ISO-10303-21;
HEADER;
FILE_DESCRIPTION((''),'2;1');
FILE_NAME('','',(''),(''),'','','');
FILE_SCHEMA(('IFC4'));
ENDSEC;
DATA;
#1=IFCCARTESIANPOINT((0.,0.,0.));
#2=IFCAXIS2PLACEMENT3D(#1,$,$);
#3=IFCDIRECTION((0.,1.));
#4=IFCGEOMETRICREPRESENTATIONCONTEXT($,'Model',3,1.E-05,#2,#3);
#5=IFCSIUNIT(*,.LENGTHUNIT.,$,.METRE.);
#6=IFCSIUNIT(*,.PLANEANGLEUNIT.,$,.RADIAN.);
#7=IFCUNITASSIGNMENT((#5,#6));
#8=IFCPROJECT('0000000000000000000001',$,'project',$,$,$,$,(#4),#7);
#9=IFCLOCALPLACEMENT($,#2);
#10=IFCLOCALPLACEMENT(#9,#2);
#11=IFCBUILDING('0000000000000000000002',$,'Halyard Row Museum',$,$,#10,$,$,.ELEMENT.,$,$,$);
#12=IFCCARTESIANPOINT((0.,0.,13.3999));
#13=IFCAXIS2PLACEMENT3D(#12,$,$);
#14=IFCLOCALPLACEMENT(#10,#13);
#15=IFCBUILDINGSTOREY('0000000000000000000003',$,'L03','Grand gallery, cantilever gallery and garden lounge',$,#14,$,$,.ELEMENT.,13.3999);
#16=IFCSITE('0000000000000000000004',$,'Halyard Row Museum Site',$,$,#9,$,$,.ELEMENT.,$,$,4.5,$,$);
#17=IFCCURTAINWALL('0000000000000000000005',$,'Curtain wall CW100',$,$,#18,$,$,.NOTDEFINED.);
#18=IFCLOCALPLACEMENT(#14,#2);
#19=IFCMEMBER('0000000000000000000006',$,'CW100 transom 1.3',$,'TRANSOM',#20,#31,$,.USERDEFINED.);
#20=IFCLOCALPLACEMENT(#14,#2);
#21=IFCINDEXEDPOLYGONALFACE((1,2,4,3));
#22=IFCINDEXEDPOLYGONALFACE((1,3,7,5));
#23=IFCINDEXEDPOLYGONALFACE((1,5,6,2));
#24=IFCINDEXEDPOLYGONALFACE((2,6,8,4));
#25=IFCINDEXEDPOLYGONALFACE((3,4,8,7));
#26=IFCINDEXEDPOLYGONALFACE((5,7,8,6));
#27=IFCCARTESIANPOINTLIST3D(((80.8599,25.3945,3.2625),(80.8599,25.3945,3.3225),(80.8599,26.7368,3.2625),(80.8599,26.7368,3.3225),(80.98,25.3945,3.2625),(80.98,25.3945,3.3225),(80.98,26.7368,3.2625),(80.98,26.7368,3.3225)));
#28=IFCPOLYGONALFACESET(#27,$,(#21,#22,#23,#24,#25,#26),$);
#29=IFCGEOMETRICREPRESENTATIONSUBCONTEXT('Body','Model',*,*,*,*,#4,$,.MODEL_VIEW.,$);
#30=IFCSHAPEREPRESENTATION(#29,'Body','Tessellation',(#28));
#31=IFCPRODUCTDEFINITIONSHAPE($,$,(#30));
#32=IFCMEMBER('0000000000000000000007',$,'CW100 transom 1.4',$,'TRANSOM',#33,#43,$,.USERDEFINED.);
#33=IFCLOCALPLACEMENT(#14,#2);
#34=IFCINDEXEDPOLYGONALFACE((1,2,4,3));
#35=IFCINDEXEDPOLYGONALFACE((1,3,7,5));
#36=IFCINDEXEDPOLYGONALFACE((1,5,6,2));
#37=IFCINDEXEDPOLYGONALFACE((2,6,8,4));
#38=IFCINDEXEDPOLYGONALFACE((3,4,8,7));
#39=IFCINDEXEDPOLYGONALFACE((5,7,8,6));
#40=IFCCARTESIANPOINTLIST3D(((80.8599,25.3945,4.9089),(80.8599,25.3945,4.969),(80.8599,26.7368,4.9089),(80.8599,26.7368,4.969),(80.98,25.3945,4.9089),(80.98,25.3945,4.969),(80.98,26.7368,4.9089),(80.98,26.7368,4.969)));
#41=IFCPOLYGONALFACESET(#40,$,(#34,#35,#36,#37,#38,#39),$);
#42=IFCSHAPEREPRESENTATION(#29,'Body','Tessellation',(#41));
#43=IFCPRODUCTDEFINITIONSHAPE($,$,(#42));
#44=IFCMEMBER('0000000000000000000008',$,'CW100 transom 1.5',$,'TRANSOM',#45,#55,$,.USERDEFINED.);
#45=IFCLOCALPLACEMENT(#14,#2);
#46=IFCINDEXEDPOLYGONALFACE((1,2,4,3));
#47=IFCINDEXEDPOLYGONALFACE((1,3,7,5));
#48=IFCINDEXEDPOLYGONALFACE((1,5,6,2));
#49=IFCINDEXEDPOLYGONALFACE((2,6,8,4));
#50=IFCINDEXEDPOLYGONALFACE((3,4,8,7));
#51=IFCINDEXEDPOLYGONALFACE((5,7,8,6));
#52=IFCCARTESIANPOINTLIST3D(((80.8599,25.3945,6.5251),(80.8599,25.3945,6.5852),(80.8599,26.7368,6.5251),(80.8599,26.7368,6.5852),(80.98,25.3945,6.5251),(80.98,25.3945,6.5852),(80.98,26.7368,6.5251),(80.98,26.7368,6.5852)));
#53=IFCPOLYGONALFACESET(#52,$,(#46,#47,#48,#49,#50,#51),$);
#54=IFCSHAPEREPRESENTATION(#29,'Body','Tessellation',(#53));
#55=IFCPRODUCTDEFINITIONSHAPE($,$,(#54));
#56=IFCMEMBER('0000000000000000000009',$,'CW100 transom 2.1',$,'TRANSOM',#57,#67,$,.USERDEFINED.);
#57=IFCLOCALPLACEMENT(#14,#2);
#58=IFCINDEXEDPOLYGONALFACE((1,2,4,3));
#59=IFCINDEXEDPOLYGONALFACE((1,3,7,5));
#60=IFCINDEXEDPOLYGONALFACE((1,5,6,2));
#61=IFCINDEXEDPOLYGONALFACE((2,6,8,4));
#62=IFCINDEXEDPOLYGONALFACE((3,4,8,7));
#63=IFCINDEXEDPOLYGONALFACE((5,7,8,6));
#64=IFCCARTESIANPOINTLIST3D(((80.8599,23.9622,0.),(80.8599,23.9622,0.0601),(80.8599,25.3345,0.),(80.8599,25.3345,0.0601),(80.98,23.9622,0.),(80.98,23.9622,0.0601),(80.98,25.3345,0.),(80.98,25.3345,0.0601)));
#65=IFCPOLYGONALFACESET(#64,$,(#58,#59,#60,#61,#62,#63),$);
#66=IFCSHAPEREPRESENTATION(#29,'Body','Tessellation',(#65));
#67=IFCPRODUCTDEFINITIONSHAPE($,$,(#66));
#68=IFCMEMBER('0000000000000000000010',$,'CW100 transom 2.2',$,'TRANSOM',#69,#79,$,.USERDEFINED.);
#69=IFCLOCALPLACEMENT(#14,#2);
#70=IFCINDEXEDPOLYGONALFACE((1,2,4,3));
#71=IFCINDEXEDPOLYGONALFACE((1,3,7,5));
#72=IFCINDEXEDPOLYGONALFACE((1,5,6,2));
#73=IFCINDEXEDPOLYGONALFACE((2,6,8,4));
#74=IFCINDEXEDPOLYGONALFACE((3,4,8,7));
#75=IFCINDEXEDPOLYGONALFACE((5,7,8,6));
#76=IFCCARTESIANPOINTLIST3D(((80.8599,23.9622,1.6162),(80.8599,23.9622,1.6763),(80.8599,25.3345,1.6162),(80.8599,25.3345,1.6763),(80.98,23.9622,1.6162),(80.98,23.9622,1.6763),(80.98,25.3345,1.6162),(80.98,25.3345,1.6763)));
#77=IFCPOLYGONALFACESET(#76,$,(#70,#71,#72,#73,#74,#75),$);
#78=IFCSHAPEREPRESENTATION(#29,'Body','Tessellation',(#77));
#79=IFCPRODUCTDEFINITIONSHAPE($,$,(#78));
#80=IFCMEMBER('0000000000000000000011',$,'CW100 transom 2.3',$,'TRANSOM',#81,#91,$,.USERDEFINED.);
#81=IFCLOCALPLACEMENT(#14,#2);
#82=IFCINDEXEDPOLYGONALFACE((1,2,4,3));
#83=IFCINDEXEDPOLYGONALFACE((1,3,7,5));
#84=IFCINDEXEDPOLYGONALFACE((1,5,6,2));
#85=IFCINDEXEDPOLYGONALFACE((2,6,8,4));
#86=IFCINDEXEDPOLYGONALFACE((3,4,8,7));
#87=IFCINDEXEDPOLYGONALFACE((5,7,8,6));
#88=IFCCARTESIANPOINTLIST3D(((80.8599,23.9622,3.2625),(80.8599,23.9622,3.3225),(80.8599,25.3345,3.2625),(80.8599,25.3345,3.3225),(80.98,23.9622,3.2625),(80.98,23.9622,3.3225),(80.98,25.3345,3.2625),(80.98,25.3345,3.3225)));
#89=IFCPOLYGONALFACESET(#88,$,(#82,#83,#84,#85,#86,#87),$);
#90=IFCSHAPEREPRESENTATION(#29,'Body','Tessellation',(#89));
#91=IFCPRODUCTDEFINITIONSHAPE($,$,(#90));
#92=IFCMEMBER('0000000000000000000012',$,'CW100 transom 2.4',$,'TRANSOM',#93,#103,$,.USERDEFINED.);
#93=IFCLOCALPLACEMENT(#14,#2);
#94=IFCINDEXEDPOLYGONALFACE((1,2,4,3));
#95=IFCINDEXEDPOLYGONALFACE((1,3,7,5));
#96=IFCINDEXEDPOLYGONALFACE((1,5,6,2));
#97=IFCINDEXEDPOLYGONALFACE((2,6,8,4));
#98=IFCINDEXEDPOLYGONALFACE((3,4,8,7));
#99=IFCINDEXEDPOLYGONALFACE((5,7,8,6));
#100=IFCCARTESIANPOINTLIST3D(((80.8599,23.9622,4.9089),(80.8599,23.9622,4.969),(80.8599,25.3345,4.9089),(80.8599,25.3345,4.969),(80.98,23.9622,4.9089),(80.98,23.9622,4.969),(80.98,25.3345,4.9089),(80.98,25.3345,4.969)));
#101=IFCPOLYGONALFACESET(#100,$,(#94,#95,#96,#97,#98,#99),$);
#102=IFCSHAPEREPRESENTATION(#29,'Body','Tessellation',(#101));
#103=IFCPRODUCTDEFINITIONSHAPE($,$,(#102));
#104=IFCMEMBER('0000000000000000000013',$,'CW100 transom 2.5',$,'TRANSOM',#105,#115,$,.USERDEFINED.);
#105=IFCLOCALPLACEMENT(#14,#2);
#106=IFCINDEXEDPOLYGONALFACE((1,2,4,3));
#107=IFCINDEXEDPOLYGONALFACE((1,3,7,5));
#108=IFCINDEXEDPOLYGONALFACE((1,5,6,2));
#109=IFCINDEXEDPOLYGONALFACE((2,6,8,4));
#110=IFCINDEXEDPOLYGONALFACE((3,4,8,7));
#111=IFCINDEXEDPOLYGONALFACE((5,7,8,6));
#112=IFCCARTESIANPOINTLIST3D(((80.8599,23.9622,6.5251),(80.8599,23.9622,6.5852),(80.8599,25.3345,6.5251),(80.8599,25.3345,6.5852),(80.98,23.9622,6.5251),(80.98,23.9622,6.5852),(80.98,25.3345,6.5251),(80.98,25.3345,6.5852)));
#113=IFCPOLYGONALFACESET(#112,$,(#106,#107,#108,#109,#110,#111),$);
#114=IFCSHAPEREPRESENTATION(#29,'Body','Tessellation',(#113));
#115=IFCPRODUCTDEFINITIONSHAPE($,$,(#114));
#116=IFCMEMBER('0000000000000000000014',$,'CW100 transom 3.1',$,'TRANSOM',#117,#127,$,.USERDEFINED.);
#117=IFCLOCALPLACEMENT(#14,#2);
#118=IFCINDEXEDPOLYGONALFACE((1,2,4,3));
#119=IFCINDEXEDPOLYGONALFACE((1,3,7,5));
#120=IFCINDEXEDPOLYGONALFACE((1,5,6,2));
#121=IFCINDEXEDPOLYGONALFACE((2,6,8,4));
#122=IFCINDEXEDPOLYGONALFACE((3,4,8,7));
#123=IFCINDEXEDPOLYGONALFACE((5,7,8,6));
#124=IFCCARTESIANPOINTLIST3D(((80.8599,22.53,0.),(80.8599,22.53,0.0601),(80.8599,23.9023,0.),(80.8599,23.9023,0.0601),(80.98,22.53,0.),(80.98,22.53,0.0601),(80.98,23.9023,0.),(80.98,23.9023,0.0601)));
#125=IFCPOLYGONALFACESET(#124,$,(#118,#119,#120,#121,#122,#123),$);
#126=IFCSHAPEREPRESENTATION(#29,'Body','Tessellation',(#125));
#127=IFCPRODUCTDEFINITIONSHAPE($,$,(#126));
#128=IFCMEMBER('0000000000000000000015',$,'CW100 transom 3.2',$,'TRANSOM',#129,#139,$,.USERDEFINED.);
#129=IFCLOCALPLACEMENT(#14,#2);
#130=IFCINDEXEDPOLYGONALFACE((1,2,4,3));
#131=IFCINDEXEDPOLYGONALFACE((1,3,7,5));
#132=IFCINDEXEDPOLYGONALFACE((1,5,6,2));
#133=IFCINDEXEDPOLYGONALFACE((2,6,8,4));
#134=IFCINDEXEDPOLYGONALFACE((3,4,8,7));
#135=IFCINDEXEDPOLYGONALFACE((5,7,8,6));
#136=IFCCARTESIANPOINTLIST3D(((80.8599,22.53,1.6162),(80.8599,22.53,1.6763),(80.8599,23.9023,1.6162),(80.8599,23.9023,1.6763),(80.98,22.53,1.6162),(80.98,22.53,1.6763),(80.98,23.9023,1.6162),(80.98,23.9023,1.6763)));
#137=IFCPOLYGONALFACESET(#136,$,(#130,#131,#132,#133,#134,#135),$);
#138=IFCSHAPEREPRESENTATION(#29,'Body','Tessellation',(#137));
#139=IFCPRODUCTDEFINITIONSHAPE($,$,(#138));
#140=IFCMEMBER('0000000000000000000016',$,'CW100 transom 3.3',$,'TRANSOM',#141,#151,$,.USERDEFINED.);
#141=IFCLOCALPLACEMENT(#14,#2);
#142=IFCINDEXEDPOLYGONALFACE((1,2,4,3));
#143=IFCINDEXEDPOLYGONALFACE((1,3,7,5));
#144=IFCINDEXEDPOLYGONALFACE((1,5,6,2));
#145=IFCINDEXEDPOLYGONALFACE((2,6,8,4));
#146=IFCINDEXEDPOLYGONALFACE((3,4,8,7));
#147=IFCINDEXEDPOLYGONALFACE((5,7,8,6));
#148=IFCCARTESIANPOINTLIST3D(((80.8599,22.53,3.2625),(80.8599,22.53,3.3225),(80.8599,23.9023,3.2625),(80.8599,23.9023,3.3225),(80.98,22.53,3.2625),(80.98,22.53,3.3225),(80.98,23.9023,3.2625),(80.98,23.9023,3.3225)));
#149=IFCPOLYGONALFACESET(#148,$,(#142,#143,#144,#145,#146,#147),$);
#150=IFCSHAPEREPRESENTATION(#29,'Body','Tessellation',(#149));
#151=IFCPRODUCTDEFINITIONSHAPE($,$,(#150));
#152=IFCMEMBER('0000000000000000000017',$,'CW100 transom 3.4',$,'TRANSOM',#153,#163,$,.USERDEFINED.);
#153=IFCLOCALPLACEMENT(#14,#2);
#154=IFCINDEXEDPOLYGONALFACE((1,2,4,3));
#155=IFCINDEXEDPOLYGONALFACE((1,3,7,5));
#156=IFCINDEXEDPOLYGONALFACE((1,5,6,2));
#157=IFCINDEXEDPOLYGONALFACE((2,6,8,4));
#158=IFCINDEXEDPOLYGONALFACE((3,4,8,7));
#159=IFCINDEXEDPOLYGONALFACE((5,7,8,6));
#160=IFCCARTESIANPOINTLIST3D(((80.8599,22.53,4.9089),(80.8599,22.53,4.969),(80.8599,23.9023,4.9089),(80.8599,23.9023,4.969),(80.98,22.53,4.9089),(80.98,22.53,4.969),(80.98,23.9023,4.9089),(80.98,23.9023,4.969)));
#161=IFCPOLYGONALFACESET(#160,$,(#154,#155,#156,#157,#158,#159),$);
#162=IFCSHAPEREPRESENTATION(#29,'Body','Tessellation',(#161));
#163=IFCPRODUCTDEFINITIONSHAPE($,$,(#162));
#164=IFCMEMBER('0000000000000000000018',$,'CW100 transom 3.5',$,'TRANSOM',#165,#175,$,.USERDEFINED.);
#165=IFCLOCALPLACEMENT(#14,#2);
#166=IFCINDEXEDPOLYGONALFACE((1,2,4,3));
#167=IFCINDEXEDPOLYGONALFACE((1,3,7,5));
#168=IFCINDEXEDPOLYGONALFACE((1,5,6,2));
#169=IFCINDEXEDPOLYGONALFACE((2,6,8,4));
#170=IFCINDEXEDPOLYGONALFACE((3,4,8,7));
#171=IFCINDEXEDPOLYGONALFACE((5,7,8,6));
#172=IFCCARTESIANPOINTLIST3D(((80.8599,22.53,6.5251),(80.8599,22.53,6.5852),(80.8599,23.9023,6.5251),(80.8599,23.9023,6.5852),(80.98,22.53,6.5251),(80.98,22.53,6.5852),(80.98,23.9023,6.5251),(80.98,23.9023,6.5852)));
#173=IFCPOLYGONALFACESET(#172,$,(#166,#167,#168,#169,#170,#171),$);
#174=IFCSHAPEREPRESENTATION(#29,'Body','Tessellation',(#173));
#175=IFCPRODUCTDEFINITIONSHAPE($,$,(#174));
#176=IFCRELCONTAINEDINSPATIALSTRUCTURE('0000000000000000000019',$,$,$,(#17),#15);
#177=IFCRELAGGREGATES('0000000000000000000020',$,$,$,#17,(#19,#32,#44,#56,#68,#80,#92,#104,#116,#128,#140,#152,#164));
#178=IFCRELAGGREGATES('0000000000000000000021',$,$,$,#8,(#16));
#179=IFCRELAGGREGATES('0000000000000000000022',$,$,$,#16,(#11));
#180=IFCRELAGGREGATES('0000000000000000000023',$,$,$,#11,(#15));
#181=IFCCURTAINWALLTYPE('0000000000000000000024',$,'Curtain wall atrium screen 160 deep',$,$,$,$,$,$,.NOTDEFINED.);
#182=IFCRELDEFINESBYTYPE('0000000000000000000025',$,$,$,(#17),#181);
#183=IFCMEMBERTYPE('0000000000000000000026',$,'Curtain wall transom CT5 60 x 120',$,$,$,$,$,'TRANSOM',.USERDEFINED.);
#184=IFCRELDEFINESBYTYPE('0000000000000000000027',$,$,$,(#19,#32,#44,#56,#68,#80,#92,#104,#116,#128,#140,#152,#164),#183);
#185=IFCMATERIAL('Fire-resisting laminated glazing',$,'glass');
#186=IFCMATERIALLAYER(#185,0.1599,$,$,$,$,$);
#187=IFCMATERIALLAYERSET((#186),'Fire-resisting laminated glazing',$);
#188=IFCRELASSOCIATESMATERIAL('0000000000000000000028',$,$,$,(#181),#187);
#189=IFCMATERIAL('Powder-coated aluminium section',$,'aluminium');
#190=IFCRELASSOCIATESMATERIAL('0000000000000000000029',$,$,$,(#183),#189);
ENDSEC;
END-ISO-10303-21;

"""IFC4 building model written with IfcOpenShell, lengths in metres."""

from ifc_helpers import new_model, si_unit, direction, frame, origin, origin_2d, place, context, subcontext, project, spatial, rectangle, extrude, material, layer, layer_set, material_profile, profile_set, type_object, element, aggregate, save


model = new_model("IFC4")

# Units and contexts
model_context = context("Model", 3, precision=1e-05, world=origin(), true_north=direction((0.0, 1.0)))
body_context = subcontext(model_context, "Body", "Model", "MODEL_VIEW")
ifc_project = project(units=[si_unit("LENGTHUNIT", "METRE"), si_unit("PLANEANGLEUNIT", "RADIAN")], contexts=[model_context])

# Site, building, storey
site_placement = place(None, origin())
site = spatial("IfcSite", under=ifc_project, at=site_placement, Name="Halyard Row Museum Site", CompositionType="ELEMENT", RefElevation=4.5)
building_placement = place(site_placement, origin())
building = spatial("IfcBuilding", under=site, at=building_placement, Name="Halyard Row Museum", CompositionType="ELEMENT")
storey_placement = place(building_placement, frame((0.0, 0.0, 13.3999)))
storey = spatial("IfcBuildingStorey", under=building, at=storey_placement, Name="L03", Description="Grand gallery, cantilever gallery and garden lounge", CompositionType="ELEMENT", Elevation=13.3999)

# Shared definitions
ifc_material_1 = material(Name="Fire-resisting laminated glazing", Category="glass")
ifc_layer_1 = layer(ifc_material_1, 0.1599)
ifc_layer_set_1 = layer_set([ifc_layer_1], Name="Fire-resisting laminated glazing")
curtain_wall_type = type_object("IfcCurtainWallType", Name="Curtain wall atrium screen 160 deep", PredefinedType="NOTDEFINED", material=ifc_layer_set_1)

# Curtain wall, members
curtain_wall_1_placement = place(storey_placement, origin())
curtain_wall_1 = element("IfcCurtainWall", 1, at=curtain_wall_1_placement, inside=storey, type_object=curtain_wall_type, Name="Curtain wall CW100", PredefinedType="NOTDEFINED")
ifc_material_2 = material(Name="Powder-coated aluminium section", Category="aluminium")
ifc_material_profile_1 = material_profile(ifc_material_2, rectangle(XDim=0.1201, YDim=0.0601, at=origin_2d()), Name="120x60 transom")
ifc_profile_set_1 = profile_set([ifc_material_profile_1], Name="Powder-coated aluminium section")
member_type_1 = type_object("IfcMemberType", Name="Curtain wall transom CT5 60 x 120", ElementType="TRANSOM", PredefinedType="USERDEFINED", material=ifc_profile_set_1)
member_1_placement = place(storey_placement, frame((80.9199, 26.7368, 3.2925), z_axis=(0.0, -1.0, 0.0), x_axis=(1.0, 0.0, 0.0)))
member_1 = element("IfcMember", 2, at=member_1_placement, type_object=member_type_1, Name="CW100 transom 1.3", ObjectType="TRANSOM", PredefinedType="USERDEFINED", context=body_context, shape_type="SweptSolid", body=[
    extrude(rectangle(XDim=0.1201, YDim=0.0601, at=origin_2d()), origin(), (0.0, 0.0, 1.0), 1.3423),
])
member_2_placement = place(storey_placement, frame((80.9199, 26.7368, 4.939), z_axis=(0.0, -1.0, 0.0), x_axis=(1.0, 0.0, 0.0)))
member_2 = element("IfcMember", 3, at=member_2_placement, type_object=member_type_1, Name="CW100 transom 1.4", ObjectType="TRANSOM", PredefinedType="USERDEFINED", context=body_context, shape_type="SweptSolid", body=[
    extrude(rectangle(XDim=0.1201, YDim=0.0601, at=origin_2d()), origin(), (0.0, 0.0, 1.0), 1.3423),
])
member_3_placement = place(storey_placement, frame((80.9199, 26.7368, 6.5552), z_axis=(0.0, -1.0, 0.0), x_axis=(1.0, 0.0, 0.0)))
member_3 = element("IfcMember", 4, at=member_3_placement, type_object=member_type_1, Name="CW100 transom 1.5", ObjectType="TRANSOM", PredefinedType="USERDEFINED", context=body_context, shape_type="SweptSolid", body=[
    extrude(rectangle(XDim=0.1201, YDim=0.0601, at=origin_2d()), origin(), (0.0, 0.0, 1.0), 1.3423),
])
member_4_placement = place(storey_placement, frame((80.9199, 25.3345, 0.03), z_axis=(0.0, -1.0, 0.0), x_axis=(1.0, 0.0, 0.0)))
member_4 = element("IfcMember", 5, at=member_4_placement, type_object=member_type_1, Name="CW100 transom 2.1", ObjectType="TRANSOM", PredefinedType="USERDEFINED", context=body_context, shape_type="SweptSolid", body=[
    extrude(rectangle(XDim=0.1201, YDim=0.0601, at=origin_2d()), origin(), (0.0, 0.0, 1.0), 1.3723),
])
member_5_placement = place(storey_placement, frame((80.9199, 25.3345, 1.6462), z_axis=(0.0, -1.0, 0.0), x_axis=(1.0, 0.0, 0.0)))
member_5 = element("IfcMember", 6, at=member_5_placement, type_object=member_type_1, Name="CW100 transom 2.2", ObjectType="TRANSOM", PredefinedType="USERDEFINED", context=body_context, shape_type="SweptSolid", body=[
    extrude(rectangle(XDim=0.1201, YDim=0.0601, at=origin_2d()), origin(), (0.0, 0.0, 1.0), 1.3723),
])
member_6_placement = place(storey_placement, frame((80.9199, 25.3345, 3.2925), z_axis=(0.0, -1.0, 0.0), x_axis=(1.0, 0.0, 0.0)))
member_6 = element("IfcMember", 7, at=member_6_placement, type_object=member_type_1, Name="CW100 transom 2.3", ObjectType="TRANSOM", PredefinedType="USERDEFINED", context=body_context, shape_type="SweptSolid", body=[
    extrude(rectangle(XDim=0.1201, YDim=0.0601, at=origin_2d()), origin(), (0.0, 0.0, 1.0), 1.3723),
])
member_7_placement = place(storey_placement, frame((80.9199, 25.3345, 4.939), z_axis=(0.0, -1.0, 0.0), x_axis=(1.0, 0.0, 0.0)))
member_7 = element("IfcMember", 8, at=member_7_placement, type_object=member_type_1, Name="CW100 transom 2.4", ObjectType="TRANSOM", PredefinedType="USERDEFINED", context=body_context, shape_type="SweptSolid", body=[
    extrude(rectangle(XDim=0.1201, YDim=0.0601, at=origin_2d()), origin(), (0.0, 0.0, 1.0), 1.3723),
])
member_8_placement = place(storey_placement, frame((80.9199, 25.3345, 6.5552), z_axis=(0.0, -1.0, 0.0), x_axis=(1.0, 0.0, 0.0)))
member_8 = element("IfcMember", 9, at=member_8_placement, type_object=member_type_1, Name="CW100 transom 2.5", ObjectType="TRANSOM", PredefinedType="USERDEFINED", context=body_context, shape_type="SweptSolid", body=[
    extrude(rectangle(XDim=0.1201, YDim=0.0601, at=origin_2d()), origin(), (0.0, 0.0, 1.0), 1.3723),
])
member_9_placement = place(storey_placement, frame((80.9199, 23.9023, 0.03), z_axis=(0.0, -1.0, 0.0), x_axis=(1.0, 0.0, 0.0)))
member_9 = element("IfcMember", 10, at=member_9_placement, type_object=member_type_1, Name="CW100 transom 3.1", ObjectType="TRANSOM", PredefinedType="USERDEFINED", context=body_context, shape_type="SweptSolid", body=[
    extrude(rectangle(XDim=0.1201, YDim=0.0601, at=origin_2d()), origin(), (0.0, 0.0, 1.0), 1.3723),
])
member_10_placement = place(storey_placement, frame((80.9199, 23.9023, 1.6462), z_axis=(0.0, -1.0, 0.0), x_axis=(1.0, 0.0, 0.0)))
member_10 = element("IfcMember", 11, at=member_10_placement, type_object=member_type_1, Name="CW100 transom 3.2", ObjectType="TRANSOM", PredefinedType="USERDEFINED", context=body_context, shape_type="SweptSolid", body=[
    extrude(rectangle(XDim=0.1201, YDim=0.0601, at=origin_2d()), origin(), (0.0, 0.0, 1.0), 1.3723),
])
member_11_placement = place(storey_placement, frame((80.9199, 23.9023, 3.2925), z_axis=(0.0, -1.0, 0.0), x_axis=(1.0, 0.0, 0.0)))
member_11 = element("IfcMember", 12, at=member_11_placement, type_object=member_type_1, Name="CW100 transom 3.3", ObjectType="TRANSOM", PredefinedType="USERDEFINED", context=body_context, shape_type="SweptSolid", body=[
    extrude(rectangle(XDim=0.1201, YDim=0.0601, at=origin_2d()), origin(), (0.0, 0.0, 1.0), 1.3723),
])
member_12_placement = place(storey_placement, frame((80.9199, 23.9023, 4.939), z_axis=(0.0, -1.0, 0.0), x_axis=(1.0, 0.0, 0.0)))
member_12 = element("IfcMember", 13, at=member_12_placement, type_object=member_type_1, Name="CW100 transom 3.4", ObjectType="TRANSOM", PredefinedType="USERDEFINED", context=body_context, shape_type="SweptSolid", body=[
    extrude(rectangle(XDim=0.1201, YDim=0.0601, at=origin_2d()), origin(), (0.0, 0.0, 1.0), 1.3723),
])
member_13_placement = place(storey_placement, frame((80.9199, 23.9023, 6.5552), z_axis=(0.0, -1.0, 0.0), x_axis=(1.0, 0.0, 0.0)))
member_13 = element("IfcMember", 14, at=member_13_placement, type_object=member_type_1, Name="CW100 transom 3.5", ObjectType="TRANSOM", PredefinedType="USERDEFINED", context=body_context, shape_type="SweptSolid", body=[
    extrude(rectangle(XDim=0.1201, YDim=0.0601, at=origin_2d()), origin(), (0.0, 0.0, 1.0), 1.3723),
])

aggregate(curtain_wall_1, [member_1, member_2, member_3, member_4, member_5, member_6, member_7, member_8, member_9, member_10, member_11, member_12, member_13])

save(model, "model.ifc")
